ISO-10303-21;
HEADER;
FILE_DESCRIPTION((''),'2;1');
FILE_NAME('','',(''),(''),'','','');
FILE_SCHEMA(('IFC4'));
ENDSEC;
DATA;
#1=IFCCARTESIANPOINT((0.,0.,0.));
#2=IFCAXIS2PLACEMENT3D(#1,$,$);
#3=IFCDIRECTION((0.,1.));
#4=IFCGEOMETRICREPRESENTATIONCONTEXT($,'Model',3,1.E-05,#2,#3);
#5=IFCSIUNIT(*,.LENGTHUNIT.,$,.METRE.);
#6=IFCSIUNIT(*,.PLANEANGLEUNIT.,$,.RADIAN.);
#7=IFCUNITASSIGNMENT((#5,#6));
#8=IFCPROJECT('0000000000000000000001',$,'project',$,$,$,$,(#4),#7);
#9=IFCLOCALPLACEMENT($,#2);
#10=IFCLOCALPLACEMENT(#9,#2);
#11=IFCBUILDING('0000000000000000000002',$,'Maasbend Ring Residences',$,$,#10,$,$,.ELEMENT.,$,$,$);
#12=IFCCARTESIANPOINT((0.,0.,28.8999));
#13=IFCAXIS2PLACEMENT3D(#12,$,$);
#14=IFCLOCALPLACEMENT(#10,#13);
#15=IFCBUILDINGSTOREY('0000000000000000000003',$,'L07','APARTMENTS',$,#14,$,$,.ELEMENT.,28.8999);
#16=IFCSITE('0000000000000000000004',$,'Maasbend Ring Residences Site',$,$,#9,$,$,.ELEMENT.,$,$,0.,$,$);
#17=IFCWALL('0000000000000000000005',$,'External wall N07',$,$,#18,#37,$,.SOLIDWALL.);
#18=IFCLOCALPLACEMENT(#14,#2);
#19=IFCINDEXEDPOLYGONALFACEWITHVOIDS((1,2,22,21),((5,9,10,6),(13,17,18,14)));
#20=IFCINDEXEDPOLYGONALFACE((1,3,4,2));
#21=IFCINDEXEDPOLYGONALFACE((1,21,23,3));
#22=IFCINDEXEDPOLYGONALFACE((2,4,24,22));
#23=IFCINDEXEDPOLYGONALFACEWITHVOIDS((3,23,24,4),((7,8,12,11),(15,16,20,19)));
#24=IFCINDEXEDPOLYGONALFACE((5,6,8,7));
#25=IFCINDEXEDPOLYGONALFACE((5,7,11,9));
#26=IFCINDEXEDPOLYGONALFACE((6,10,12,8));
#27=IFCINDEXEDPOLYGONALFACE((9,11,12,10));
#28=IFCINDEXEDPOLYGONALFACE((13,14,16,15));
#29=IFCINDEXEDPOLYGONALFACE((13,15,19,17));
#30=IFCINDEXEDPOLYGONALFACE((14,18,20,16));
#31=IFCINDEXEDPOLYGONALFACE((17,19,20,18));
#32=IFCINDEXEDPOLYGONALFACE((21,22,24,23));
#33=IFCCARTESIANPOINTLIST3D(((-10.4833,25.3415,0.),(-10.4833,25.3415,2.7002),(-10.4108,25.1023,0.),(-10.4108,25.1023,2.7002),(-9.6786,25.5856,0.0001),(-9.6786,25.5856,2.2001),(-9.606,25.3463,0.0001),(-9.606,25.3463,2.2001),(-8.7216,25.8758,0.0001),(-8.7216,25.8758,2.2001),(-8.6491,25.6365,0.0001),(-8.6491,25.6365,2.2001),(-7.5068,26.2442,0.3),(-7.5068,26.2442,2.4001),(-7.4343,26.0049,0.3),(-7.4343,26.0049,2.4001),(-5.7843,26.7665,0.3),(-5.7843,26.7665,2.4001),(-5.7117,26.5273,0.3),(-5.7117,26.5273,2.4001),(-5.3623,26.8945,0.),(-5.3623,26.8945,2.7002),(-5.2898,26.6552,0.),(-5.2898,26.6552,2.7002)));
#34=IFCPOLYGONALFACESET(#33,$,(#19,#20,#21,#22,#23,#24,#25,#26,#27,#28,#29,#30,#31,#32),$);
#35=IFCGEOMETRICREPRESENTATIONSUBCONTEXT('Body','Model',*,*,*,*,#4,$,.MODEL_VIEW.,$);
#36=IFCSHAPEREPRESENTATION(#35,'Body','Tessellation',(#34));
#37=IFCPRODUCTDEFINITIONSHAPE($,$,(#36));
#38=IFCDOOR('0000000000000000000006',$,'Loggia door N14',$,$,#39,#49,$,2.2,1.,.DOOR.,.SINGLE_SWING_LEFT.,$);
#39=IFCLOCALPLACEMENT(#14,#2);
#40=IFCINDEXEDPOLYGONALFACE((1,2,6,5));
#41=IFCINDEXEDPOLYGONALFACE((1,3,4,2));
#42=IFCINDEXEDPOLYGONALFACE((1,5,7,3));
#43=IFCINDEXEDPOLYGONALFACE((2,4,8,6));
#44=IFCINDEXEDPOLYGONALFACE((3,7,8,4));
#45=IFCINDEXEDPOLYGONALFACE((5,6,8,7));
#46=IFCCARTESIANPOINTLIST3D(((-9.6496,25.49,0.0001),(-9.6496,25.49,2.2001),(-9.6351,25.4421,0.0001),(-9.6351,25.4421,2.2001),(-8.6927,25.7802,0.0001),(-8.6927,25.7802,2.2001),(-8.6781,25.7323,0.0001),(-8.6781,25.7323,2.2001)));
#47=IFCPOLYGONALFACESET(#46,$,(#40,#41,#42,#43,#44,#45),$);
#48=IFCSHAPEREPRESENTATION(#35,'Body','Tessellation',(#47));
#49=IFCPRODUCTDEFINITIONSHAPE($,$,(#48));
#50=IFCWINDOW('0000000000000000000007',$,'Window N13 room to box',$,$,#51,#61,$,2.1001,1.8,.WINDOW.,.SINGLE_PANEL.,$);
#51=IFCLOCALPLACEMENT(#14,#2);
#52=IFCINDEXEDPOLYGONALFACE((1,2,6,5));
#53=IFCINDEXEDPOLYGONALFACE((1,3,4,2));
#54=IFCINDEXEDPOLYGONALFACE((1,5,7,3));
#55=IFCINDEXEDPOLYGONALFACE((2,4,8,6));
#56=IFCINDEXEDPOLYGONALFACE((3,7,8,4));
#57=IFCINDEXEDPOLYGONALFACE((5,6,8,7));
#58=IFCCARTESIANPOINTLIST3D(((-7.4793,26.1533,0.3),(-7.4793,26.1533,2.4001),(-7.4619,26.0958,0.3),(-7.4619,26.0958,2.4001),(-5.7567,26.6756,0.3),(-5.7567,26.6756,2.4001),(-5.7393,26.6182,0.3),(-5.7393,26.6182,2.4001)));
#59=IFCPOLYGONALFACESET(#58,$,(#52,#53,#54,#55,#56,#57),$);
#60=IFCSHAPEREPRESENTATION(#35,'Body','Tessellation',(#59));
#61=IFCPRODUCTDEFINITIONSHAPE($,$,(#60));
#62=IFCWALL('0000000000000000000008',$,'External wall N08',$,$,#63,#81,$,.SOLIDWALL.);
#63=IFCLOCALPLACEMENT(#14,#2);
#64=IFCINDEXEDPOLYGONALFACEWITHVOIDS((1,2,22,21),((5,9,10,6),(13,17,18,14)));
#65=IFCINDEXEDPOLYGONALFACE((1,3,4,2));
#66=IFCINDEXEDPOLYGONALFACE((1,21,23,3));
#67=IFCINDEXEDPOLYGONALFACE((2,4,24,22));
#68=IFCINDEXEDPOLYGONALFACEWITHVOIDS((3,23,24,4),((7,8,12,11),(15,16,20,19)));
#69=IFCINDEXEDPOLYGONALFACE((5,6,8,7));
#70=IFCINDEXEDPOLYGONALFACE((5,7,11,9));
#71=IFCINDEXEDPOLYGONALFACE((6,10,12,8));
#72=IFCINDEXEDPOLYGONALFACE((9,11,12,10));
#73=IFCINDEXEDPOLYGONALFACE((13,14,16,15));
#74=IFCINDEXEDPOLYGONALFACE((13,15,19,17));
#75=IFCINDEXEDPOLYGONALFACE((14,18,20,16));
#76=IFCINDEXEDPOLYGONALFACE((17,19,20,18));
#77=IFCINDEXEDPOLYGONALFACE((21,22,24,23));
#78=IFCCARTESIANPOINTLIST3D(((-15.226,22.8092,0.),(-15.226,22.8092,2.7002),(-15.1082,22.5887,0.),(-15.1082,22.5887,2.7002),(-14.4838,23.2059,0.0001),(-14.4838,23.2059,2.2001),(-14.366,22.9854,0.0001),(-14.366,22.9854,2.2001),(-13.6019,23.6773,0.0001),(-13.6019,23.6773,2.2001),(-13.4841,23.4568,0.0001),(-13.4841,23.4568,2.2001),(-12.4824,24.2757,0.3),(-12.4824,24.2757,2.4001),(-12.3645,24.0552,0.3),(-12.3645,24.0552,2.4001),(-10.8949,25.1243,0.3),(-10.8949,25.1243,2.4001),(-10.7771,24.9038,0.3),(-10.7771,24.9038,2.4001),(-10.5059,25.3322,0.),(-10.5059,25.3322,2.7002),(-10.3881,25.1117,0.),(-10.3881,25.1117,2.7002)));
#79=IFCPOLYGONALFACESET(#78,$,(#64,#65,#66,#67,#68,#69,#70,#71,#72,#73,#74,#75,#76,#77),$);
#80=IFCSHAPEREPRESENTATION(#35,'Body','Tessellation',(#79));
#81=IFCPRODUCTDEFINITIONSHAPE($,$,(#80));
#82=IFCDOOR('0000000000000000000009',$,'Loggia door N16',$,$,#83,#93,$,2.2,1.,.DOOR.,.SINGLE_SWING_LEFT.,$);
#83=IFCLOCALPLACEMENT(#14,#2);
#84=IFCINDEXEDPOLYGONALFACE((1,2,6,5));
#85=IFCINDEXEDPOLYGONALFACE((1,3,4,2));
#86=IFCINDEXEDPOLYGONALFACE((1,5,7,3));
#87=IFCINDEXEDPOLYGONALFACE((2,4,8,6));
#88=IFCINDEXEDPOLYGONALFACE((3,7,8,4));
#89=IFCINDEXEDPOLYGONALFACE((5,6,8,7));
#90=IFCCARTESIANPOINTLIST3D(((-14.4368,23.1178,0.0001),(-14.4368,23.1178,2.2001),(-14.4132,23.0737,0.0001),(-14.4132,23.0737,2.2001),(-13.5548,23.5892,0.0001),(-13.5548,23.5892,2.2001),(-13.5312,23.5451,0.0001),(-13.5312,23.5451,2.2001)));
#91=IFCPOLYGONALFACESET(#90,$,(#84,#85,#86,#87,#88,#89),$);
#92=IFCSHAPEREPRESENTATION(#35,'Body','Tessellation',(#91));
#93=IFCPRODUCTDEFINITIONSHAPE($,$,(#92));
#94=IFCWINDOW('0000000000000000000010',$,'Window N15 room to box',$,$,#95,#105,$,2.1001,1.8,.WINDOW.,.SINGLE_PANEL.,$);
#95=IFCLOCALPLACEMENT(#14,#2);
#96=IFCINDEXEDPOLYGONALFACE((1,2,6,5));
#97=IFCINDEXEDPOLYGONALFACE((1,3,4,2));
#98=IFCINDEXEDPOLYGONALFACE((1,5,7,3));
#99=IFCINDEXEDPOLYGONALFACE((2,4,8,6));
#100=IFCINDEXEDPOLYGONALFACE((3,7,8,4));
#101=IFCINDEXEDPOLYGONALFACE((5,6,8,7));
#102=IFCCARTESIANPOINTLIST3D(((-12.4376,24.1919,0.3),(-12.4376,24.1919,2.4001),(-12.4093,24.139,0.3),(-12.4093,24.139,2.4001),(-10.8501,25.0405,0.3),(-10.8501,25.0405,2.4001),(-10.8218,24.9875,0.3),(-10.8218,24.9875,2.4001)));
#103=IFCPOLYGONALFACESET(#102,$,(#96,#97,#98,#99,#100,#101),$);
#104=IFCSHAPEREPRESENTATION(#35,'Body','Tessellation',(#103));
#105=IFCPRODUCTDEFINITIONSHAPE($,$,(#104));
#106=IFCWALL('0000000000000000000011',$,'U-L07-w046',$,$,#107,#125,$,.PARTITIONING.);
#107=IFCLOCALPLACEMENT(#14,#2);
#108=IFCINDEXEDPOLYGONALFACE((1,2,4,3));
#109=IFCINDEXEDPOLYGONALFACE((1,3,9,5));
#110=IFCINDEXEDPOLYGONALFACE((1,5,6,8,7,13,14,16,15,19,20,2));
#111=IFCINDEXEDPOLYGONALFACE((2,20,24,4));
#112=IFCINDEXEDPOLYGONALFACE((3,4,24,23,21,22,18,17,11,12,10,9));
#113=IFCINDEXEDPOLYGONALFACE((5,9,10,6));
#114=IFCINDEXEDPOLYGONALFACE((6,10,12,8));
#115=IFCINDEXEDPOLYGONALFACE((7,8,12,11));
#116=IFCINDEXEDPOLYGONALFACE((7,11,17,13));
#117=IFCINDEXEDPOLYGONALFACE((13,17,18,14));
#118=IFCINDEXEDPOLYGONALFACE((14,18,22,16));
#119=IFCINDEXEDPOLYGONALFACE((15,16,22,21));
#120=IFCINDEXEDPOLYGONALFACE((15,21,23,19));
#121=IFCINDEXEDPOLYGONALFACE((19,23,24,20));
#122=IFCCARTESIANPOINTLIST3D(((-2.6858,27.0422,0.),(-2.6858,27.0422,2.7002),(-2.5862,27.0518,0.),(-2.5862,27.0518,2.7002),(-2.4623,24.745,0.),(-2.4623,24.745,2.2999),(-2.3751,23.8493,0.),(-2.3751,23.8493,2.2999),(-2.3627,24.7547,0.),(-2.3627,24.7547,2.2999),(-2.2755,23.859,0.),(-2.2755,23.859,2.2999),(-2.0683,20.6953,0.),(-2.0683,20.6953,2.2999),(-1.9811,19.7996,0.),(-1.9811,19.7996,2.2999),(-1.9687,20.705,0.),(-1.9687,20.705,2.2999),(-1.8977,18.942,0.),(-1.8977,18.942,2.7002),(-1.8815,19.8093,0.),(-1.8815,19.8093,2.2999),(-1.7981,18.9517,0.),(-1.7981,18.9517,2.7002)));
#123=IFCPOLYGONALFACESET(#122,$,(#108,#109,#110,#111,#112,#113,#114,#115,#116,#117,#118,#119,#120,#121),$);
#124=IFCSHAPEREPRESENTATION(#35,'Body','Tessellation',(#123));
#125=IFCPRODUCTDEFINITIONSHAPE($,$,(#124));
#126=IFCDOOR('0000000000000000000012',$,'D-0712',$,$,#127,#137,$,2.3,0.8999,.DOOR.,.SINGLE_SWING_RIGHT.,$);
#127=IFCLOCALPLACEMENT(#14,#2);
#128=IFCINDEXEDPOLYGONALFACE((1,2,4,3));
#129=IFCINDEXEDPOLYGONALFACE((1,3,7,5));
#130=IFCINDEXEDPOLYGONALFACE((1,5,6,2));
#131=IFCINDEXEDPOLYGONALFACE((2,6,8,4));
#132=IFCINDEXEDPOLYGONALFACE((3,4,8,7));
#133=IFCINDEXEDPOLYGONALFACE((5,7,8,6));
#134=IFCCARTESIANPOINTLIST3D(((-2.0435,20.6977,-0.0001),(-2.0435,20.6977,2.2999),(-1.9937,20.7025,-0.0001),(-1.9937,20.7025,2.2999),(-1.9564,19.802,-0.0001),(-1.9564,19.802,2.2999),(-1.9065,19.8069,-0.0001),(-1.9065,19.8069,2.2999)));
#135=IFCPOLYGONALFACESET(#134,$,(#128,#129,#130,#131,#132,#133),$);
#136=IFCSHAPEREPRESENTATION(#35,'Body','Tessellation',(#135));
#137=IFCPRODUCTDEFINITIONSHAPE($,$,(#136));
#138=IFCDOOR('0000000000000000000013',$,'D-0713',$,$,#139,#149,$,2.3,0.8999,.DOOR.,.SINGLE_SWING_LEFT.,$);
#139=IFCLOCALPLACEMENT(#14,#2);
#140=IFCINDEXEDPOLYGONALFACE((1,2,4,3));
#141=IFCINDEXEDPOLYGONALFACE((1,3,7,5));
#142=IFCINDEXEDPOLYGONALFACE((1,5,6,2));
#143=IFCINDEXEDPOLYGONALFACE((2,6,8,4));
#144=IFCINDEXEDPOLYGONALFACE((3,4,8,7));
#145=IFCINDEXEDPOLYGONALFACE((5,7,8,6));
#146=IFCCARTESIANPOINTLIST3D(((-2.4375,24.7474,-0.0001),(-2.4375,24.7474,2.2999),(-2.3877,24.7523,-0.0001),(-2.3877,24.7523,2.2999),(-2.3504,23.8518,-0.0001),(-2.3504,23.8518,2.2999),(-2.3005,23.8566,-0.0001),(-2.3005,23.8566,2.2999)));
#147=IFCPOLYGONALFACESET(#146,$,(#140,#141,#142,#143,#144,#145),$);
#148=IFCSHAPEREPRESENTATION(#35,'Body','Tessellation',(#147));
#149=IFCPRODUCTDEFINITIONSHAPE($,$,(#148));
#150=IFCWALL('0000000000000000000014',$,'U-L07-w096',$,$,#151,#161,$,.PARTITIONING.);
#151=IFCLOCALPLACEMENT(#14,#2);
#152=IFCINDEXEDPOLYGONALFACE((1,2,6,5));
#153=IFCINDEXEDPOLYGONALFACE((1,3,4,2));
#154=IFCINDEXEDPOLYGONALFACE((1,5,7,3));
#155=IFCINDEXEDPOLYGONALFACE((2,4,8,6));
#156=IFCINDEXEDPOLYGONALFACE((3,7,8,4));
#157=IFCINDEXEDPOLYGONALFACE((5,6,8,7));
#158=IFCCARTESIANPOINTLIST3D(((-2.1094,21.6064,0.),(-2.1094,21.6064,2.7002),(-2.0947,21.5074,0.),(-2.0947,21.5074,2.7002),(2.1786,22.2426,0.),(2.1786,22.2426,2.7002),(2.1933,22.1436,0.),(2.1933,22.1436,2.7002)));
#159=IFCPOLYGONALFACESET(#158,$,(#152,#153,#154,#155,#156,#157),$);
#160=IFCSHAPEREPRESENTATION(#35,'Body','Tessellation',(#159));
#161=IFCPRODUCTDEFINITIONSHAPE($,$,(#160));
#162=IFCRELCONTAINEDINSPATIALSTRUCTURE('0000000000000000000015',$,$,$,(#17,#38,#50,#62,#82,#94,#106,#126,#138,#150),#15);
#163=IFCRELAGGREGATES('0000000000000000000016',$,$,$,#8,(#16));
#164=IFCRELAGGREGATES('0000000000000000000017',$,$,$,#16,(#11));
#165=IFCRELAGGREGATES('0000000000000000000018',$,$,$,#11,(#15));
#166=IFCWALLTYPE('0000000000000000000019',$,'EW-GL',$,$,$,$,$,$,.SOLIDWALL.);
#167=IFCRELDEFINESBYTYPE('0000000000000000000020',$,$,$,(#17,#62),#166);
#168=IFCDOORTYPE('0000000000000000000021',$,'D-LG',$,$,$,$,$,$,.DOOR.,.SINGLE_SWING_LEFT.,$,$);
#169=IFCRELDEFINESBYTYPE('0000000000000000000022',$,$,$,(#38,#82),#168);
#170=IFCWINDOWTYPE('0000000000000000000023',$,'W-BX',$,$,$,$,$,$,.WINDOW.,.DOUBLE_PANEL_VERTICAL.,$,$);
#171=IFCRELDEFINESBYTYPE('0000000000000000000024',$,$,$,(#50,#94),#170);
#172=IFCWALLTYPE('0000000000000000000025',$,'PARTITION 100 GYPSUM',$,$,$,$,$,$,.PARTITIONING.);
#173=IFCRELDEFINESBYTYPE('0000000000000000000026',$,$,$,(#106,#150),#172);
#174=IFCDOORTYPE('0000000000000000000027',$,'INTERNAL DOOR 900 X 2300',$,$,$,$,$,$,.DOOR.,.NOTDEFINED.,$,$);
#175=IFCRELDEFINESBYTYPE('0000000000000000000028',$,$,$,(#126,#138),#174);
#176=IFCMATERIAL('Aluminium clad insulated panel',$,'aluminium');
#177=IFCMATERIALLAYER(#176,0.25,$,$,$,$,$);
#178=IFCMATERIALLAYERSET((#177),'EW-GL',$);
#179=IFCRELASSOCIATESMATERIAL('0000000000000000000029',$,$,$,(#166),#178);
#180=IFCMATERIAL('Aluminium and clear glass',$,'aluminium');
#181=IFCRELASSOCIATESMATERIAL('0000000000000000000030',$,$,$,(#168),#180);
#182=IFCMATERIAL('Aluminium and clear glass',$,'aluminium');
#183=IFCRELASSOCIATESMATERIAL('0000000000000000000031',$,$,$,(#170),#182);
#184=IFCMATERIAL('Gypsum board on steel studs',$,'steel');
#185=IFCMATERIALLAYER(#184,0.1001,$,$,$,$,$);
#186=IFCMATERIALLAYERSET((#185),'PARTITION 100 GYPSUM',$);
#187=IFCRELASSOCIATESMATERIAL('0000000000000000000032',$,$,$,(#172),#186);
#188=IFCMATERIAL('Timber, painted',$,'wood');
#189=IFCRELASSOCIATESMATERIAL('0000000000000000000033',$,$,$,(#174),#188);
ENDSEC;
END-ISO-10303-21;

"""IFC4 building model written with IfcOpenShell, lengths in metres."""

from ifc_helpers import new_model, si_unit, direction, frame, frame_2d, origin, place, context, subcontext, project, spatial, rectangle, extrude, material, layer, layer_set, type_object, element, fill, save


model = new_model("IFC4")

# Units and contexts
model_context = context("Model", 3, precision=1e-05, world=origin(), true_north=direction((0.0, 1.0)))
body_context = subcontext(model_context, "Body", "Model", "MODEL_VIEW")
ifc_project = project(units=[si_unit("LENGTHUNIT", "METRE"), si_unit("PLANEANGLEUNIT", "RADIAN")], contexts=[model_context])

# Site, building, storey
site_placement = place(None, origin())
site = spatial("IfcSite", under=ifc_project, at=site_placement, Name="Maasbend Ring Residences Site", CompositionType="ELEMENT", RefElevation=0.0)
building_placement = place(site_placement, origin())
building = spatial("IfcBuilding", under=site, at=building_placement, Name="Maasbend Ring Residences", CompositionType="ELEMENT")
storey_placement = place(building_placement, frame((0.0, 0.0, 28.8999)))
storey = spatial("IfcBuildingStorey", under=building, at=storey_placement, Name="L07", Description="APARTMENTS", CompositionType="ELEMENT", Elevation=28.8999)

# Walls, openings, doors, windows
ifc_material_1 = material(Name="Aluminium clad insulated panel", Category="aluminium")
ifc_layer_1 = layer(ifc_material_1, 0.25)
ifc_layer_set_1 = layer_set([ifc_layer_1], Name="EW-GL")
wall_type_1 = type_object("IfcWallType", Name="EW-GL", PredefinedType="SOLIDWALL", material=ifc_layer_set_1)
wall_1_placement = place(storey_placement, frame((-5.3259, 26.7749, 0.0), z_axis=(0.0, 0.0, 1.0), x_axis=(-0.956966, -0.290201, 0.0)))
wall_1 = element("IfcWall", 1, at=wall_1_placement, inside=storey, type_object=wall_type_1, Name="External wall N07", PredefinedType="SOLIDWALL", context=body_context, shape_type="SweptSolid", body=[
    extrude(rectangle(XDim=5.3513, YDim=0.25, at=frame_2d((2.6758, 0.0))), origin(), (0.0, 0.0, 1.0), 2.7002),
])
opening_1_placement = place(wall_1_placement, frame((0.4412, 0.0, 0.3)))
opening_1 = element("IfcOpeningElement", 2, at=opening_1_placement, cuts=wall_1, PredefinedType="OPENING", context=body_context, shape_type="SweptSolid", body=[
    extrude(rectangle(XDim=1.8, YDim=2.1001, at=frame_2d((0.8999, 1.05))), frame((0.0, 0.135, 0.0), z_axis=(0.0, -1.0, 0.0), x_axis=(1.0, 0.0, 0.0)), (0.0, 0.0, 1.0), 0.27),
])
opening_2_placement = place(wall_1_placement, frame((3.5105, 0.0, 0.0)))
opening_2 = element("IfcOpeningElement", 3, at=opening_2_placement, cuts=wall_1, PredefinedType="OPENING", context=body_context, shape_type="SweptSolid", body=[
    extrude(rectangle(XDim=1.0, YDim=2.2, at=frame_2d((0.5, 1.1001))), frame((0.0, 0.135, 0.0), z_axis=(0.0, -1.0, 0.0), x_axis=(1.0, 0.0, 0.0)), (0.0, 0.0, 1.0), 0.27),
])
ifc_material_2 = material(Name="Aluminium and clear glass", Category="aluminium")
door_type_1 = type_object("IfcDoorType", Name="D-LG", OperationType="SINGLE_SWING_LEFT", PredefinedType="DOOR", material=ifc_material_2)
door_1_placement = place(opening_2_placement, origin())
door_1 = element("IfcDoor", 4, at=door_1_placement, inside=storey, type_object=door_type_1, Name="Loggia door N14", OperationType="SINGLE_SWING_LEFT", OverallHeight=2.2, OverallWidth=1.0, PredefinedType="DOOR", context=body_context, shape_type="SweptSolid", body=[
    extrude(rectangle(XDim=1.0, YDim=2.2, at=frame_2d((0.5, 1.1001))), frame((0.0, 0.0249, 0.0), z_axis=(0.0, -1.0, 0.0), x_axis=(1.0, 0.0, 0.0)), (0.0, 0.0, 1.0), 0.05),
])
fill(opening_2, door_1)
ifc_material_3 = material(Name="Aluminium and clear glass", Category="aluminium")
window_type_1 = type_object("IfcWindowType", Name="W-BX", PartitioningType="DOUBLE_PANEL_VERTICAL", PredefinedType="WINDOW", material=ifc_material_3)
window_1_placement = place(opening_1_placement, origin())
window_1 = element("IfcWindow", 5, at=window_1_placement, inside=storey, type_object=window_type_1, Name="Window N13 room to box", OverallHeight=2.1001, OverallWidth=1.8, PartitioningType="SINGLE_PANEL", PredefinedType="WINDOW", context=body_context, shape_type="SweptSolid", body=[
    extrude(rectangle(XDim=1.8, YDim=2.1001, at=frame_2d((0.8999, 1.05))), frame((0.0, 0.03, 0.0), z_axis=(0.0, -1.0, 0.0), x_axis=(1.0, 0.0, 0.0)), (0.0, 0.0, 1.0), 0.0601),
])
fill(opening_1, window_1)
wall_2_placement = place(storey_placement, frame((-10.447, 25.2219, 0.0), z_axis=(0.0, 0.0, 1.0), x_axis=(-0.881916, -0.471407, 0.0)))
wall_2 = element("IfcWall", 6, at=wall_2_placement, inside=storey, type_object=wall_type_1, Name="External wall N08", PredefinedType="SOLIDWALL", context=body_context, shape_type="SweptSolid", body=[
    extrude(rectangle(XDim=5.3521, YDim=0.25, at=frame_2d((2.676, 0.0))), origin(), (0.0, 0.0, 1.0), 2.7002),
])
opening_3_placement = place(wall_2_placement, frame((0.4412, 0.0, 0.3)))
opening_3 = element("IfcOpeningElement", 7, at=opening_3_placement, cuts=wall_2, PredefinedType="OPENING", context=body_context, shape_type="SweptSolid", body=[
    extrude(rectangle(XDim=1.8, YDim=2.1001, at=frame_2d((0.8999, 1.05))), frame((0.0, 0.135, 0.0), z_axis=(0.0, -1.0, 0.0), x_axis=(1.0, 0.0, 0.0)), (0.0, 0.0, 1.0), 0.27),
])
opening_4_placement = place(wall_2_placement, frame((3.5105, 0.0, 0.0)))
opening_4 = element("IfcOpeningElement", 8, at=opening_4_placement, cuts=wall_2, PredefinedType="OPENING", context=body_context, shape_type="SweptSolid", body=[
    extrude(rectangle(XDim=1.0, YDim=2.2, at=frame_2d((0.5, 1.1001))), frame((0.0, 0.135, 0.0), z_axis=(0.0, -1.0, 0.0), x_axis=(1.0, 0.0, 0.0)), (0.0, 0.0, 1.0), 0.27),
])
door_2_placement = place(opening_4_placement, origin())
door_2 = element("IfcDoor", 9, at=door_2_placement, inside=storey, type_object=door_type_1, Name="Loggia door N16", OperationType="SINGLE_SWING_LEFT", OverallHeight=2.2, OverallWidth=1.0, PredefinedType="DOOR", context=body_context, shape_type="SweptSolid", body=[
    extrude(rectangle(XDim=1.0, YDim=2.2, at=frame_2d((0.5, 1.1001))), frame((0.0, 0.0249, 0.0), z_axis=(0.0, -1.0, 0.0), x_axis=(1.0, 0.0, 0.0)), (0.0, 0.0, 1.0), 0.05),
])
fill(opening_4, door_2)
window_2_placement = place(opening_3_placement, origin())
window_2 = element("IfcWindow", 10, at=window_2_placement, inside=storey, type_object=window_type_1, Name="Window N15 room to box", OverallHeight=2.1001, OverallWidth=1.8, PartitioningType="SINGLE_PANEL", PredefinedType="WINDOW", context=body_context, shape_type="SweptSolid", body=[
    extrude(rectangle(XDim=1.8, YDim=2.1001, at=frame_2d((0.8999, 1.05))), frame((0.0, 0.03, 0.0), z_axis=(0.0, -1.0, 0.0), x_axis=(1.0, 0.0, 0.0)), (0.0, 0.0, 1.0), 0.0601),
])
fill(opening_3, window_2)

# Wall, openings, doors
ifc_material_4 = material(Name="Gypsum board on steel studs", Category="steel")
ifc_layer_2 = layer(ifc_material_4, 0.1001)
ifc_layer_set_2 = layer_set([ifc_layer_2], Name="PARTITION 100 GYPSUM")
wall_type_2 = type_object("IfcWallType", Name="PARTITION 100 GYPSUM", PredefinedType="PARTITIONING", material=ifc_layer_set_2)
wall_3_placement = place(storey_placement, frame((-2.636, 27.0471, 0.0), z_axis=(0.0, 0.0, 1.0), x_axis=(0.096836, -0.9953, 0.0)))
wall_3 = element("IfcWall", 11, at=wall_3_placement, inside=storey, type_object=wall_type_2, Name="U-L07-w046", PredefinedType="PARTITIONING", context=body_context, shape_type="SweptSolid", body=[
    extrude(rectangle(XDim=8.1384, YDim=0.1001, at=frame_2d((4.0693, 0.0))), origin(), (0.0, 0.0, 1.0), 2.7002),
])
opening_5_placement = place(wall_3_placement, frame((6.377, 0.0, 0.0)))
opening_5 = element("IfcOpeningElement", 12, at=opening_5_placement, cuts=wall_3, PredefinedType="OPENING", context=body_context, shape_type="SweptSolid", body=[
    extrude(rectangle(XDim=0.8999, YDim=2.3, at=frame_2d((0.45, 1.1499))), frame((0.0, 0.0601, 0.0), z_axis=(0.0, -1.0, 0.0), x_axis=(1.0, 0.0, 0.0)), (0.0, 0.0, 1.0), 0.1201),
])
opening_6_placement = place(wall_3_placement, frame((2.3081, 0.0, 0.0)))
opening_6 = element("IfcOpeningElement", 13, at=opening_6_placement, cuts=wall_3, PredefinedType="OPENING", context=body_context, shape_type="SweptSolid", body=[
    extrude(rectangle(XDim=0.8999, YDim=2.3, at=frame_2d((0.45, 1.1499))), frame((0.0, 0.0601, 0.0), z_axis=(0.0, -1.0, 0.0), x_axis=(1.0, 0.0, 0.0)), (0.0, 0.0, 1.0), 0.1201),
])
ifc_material_5 = material(Name="Timber, painted", Category="wood")
door_type_2 = type_object("IfcDoorType", Name="INTERNAL DOOR 900 X 2300", OperationType="NOTDEFINED", PredefinedType="DOOR", material=ifc_material_5)
door_3_placement = place(opening_5_placement, origin())
door_3 = element("IfcDoor", 14, at=door_3_placement, inside=storey, type_object=door_type_2, Name="D-0712", OperationType="SINGLE_SWING_RIGHT", OverallHeight=2.3, OverallWidth=0.8999, PredefinedType="DOOR", context=body_context, shape_type="SweptSolid", body=[
    extrude(rectangle(XDim=0.8999, YDim=2.3, at=frame_2d((0.45, 1.1499))), frame((0.0, 0.0249, 0.0), z_axis=(0.0, -1.0, 0.0), x_axis=(1.0, 0.0, 0.0)), (0.0, 0.0, 1.0), 0.05),
])
fill(opening_5, door_3)
door_4_placement = place(opening_6_placement, origin())
door_4 = element("IfcDoor", 15, at=door_4_placement, inside=storey, type_object=door_type_2, Name="D-0713", OperationType="SINGLE_SWING_LEFT", OverallHeight=2.3, OverallWidth=0.8999, PredefinedType="DOOR", context=body_context, shape_type="SweptSolid", body=[
    extrude(rectangle(XDim=0.8999, YDim=2.3, at=frame_2d((0.45, 1.1499))), frame((0.0, 0.0249, 0.0), z_axis=(0.0, -1.0, 0.0), x_axis=(1.0, 0.0, 0.0)), (0.0, 0.0, 1.0), 0.05),
])
fill(opening_6, door_4)

# Wall
wall_4_placement = place(storey_placement, frame((-2.1021, 21.5569, 0.0), z_axis=(0.0, 0.0, 1.0), x_axis=(0.989171, 0.146765, 0.0)))
element("IfcWall", 16, at=wall_4_placement, inside=storey, type_object=wall_type_2, Name="U-L07-w096", PredefinedType="PARTITIONING", context=body_context, shape_type="SweptSolid", body=[
    extrude(rectangle(XDim=4.335, YDim=0.1001, at=frame_2d((2.1675, 0.0))), origin(), (0.0, 0.0, 1.0), 2.7002),
])

save(model, "model.ifc")
